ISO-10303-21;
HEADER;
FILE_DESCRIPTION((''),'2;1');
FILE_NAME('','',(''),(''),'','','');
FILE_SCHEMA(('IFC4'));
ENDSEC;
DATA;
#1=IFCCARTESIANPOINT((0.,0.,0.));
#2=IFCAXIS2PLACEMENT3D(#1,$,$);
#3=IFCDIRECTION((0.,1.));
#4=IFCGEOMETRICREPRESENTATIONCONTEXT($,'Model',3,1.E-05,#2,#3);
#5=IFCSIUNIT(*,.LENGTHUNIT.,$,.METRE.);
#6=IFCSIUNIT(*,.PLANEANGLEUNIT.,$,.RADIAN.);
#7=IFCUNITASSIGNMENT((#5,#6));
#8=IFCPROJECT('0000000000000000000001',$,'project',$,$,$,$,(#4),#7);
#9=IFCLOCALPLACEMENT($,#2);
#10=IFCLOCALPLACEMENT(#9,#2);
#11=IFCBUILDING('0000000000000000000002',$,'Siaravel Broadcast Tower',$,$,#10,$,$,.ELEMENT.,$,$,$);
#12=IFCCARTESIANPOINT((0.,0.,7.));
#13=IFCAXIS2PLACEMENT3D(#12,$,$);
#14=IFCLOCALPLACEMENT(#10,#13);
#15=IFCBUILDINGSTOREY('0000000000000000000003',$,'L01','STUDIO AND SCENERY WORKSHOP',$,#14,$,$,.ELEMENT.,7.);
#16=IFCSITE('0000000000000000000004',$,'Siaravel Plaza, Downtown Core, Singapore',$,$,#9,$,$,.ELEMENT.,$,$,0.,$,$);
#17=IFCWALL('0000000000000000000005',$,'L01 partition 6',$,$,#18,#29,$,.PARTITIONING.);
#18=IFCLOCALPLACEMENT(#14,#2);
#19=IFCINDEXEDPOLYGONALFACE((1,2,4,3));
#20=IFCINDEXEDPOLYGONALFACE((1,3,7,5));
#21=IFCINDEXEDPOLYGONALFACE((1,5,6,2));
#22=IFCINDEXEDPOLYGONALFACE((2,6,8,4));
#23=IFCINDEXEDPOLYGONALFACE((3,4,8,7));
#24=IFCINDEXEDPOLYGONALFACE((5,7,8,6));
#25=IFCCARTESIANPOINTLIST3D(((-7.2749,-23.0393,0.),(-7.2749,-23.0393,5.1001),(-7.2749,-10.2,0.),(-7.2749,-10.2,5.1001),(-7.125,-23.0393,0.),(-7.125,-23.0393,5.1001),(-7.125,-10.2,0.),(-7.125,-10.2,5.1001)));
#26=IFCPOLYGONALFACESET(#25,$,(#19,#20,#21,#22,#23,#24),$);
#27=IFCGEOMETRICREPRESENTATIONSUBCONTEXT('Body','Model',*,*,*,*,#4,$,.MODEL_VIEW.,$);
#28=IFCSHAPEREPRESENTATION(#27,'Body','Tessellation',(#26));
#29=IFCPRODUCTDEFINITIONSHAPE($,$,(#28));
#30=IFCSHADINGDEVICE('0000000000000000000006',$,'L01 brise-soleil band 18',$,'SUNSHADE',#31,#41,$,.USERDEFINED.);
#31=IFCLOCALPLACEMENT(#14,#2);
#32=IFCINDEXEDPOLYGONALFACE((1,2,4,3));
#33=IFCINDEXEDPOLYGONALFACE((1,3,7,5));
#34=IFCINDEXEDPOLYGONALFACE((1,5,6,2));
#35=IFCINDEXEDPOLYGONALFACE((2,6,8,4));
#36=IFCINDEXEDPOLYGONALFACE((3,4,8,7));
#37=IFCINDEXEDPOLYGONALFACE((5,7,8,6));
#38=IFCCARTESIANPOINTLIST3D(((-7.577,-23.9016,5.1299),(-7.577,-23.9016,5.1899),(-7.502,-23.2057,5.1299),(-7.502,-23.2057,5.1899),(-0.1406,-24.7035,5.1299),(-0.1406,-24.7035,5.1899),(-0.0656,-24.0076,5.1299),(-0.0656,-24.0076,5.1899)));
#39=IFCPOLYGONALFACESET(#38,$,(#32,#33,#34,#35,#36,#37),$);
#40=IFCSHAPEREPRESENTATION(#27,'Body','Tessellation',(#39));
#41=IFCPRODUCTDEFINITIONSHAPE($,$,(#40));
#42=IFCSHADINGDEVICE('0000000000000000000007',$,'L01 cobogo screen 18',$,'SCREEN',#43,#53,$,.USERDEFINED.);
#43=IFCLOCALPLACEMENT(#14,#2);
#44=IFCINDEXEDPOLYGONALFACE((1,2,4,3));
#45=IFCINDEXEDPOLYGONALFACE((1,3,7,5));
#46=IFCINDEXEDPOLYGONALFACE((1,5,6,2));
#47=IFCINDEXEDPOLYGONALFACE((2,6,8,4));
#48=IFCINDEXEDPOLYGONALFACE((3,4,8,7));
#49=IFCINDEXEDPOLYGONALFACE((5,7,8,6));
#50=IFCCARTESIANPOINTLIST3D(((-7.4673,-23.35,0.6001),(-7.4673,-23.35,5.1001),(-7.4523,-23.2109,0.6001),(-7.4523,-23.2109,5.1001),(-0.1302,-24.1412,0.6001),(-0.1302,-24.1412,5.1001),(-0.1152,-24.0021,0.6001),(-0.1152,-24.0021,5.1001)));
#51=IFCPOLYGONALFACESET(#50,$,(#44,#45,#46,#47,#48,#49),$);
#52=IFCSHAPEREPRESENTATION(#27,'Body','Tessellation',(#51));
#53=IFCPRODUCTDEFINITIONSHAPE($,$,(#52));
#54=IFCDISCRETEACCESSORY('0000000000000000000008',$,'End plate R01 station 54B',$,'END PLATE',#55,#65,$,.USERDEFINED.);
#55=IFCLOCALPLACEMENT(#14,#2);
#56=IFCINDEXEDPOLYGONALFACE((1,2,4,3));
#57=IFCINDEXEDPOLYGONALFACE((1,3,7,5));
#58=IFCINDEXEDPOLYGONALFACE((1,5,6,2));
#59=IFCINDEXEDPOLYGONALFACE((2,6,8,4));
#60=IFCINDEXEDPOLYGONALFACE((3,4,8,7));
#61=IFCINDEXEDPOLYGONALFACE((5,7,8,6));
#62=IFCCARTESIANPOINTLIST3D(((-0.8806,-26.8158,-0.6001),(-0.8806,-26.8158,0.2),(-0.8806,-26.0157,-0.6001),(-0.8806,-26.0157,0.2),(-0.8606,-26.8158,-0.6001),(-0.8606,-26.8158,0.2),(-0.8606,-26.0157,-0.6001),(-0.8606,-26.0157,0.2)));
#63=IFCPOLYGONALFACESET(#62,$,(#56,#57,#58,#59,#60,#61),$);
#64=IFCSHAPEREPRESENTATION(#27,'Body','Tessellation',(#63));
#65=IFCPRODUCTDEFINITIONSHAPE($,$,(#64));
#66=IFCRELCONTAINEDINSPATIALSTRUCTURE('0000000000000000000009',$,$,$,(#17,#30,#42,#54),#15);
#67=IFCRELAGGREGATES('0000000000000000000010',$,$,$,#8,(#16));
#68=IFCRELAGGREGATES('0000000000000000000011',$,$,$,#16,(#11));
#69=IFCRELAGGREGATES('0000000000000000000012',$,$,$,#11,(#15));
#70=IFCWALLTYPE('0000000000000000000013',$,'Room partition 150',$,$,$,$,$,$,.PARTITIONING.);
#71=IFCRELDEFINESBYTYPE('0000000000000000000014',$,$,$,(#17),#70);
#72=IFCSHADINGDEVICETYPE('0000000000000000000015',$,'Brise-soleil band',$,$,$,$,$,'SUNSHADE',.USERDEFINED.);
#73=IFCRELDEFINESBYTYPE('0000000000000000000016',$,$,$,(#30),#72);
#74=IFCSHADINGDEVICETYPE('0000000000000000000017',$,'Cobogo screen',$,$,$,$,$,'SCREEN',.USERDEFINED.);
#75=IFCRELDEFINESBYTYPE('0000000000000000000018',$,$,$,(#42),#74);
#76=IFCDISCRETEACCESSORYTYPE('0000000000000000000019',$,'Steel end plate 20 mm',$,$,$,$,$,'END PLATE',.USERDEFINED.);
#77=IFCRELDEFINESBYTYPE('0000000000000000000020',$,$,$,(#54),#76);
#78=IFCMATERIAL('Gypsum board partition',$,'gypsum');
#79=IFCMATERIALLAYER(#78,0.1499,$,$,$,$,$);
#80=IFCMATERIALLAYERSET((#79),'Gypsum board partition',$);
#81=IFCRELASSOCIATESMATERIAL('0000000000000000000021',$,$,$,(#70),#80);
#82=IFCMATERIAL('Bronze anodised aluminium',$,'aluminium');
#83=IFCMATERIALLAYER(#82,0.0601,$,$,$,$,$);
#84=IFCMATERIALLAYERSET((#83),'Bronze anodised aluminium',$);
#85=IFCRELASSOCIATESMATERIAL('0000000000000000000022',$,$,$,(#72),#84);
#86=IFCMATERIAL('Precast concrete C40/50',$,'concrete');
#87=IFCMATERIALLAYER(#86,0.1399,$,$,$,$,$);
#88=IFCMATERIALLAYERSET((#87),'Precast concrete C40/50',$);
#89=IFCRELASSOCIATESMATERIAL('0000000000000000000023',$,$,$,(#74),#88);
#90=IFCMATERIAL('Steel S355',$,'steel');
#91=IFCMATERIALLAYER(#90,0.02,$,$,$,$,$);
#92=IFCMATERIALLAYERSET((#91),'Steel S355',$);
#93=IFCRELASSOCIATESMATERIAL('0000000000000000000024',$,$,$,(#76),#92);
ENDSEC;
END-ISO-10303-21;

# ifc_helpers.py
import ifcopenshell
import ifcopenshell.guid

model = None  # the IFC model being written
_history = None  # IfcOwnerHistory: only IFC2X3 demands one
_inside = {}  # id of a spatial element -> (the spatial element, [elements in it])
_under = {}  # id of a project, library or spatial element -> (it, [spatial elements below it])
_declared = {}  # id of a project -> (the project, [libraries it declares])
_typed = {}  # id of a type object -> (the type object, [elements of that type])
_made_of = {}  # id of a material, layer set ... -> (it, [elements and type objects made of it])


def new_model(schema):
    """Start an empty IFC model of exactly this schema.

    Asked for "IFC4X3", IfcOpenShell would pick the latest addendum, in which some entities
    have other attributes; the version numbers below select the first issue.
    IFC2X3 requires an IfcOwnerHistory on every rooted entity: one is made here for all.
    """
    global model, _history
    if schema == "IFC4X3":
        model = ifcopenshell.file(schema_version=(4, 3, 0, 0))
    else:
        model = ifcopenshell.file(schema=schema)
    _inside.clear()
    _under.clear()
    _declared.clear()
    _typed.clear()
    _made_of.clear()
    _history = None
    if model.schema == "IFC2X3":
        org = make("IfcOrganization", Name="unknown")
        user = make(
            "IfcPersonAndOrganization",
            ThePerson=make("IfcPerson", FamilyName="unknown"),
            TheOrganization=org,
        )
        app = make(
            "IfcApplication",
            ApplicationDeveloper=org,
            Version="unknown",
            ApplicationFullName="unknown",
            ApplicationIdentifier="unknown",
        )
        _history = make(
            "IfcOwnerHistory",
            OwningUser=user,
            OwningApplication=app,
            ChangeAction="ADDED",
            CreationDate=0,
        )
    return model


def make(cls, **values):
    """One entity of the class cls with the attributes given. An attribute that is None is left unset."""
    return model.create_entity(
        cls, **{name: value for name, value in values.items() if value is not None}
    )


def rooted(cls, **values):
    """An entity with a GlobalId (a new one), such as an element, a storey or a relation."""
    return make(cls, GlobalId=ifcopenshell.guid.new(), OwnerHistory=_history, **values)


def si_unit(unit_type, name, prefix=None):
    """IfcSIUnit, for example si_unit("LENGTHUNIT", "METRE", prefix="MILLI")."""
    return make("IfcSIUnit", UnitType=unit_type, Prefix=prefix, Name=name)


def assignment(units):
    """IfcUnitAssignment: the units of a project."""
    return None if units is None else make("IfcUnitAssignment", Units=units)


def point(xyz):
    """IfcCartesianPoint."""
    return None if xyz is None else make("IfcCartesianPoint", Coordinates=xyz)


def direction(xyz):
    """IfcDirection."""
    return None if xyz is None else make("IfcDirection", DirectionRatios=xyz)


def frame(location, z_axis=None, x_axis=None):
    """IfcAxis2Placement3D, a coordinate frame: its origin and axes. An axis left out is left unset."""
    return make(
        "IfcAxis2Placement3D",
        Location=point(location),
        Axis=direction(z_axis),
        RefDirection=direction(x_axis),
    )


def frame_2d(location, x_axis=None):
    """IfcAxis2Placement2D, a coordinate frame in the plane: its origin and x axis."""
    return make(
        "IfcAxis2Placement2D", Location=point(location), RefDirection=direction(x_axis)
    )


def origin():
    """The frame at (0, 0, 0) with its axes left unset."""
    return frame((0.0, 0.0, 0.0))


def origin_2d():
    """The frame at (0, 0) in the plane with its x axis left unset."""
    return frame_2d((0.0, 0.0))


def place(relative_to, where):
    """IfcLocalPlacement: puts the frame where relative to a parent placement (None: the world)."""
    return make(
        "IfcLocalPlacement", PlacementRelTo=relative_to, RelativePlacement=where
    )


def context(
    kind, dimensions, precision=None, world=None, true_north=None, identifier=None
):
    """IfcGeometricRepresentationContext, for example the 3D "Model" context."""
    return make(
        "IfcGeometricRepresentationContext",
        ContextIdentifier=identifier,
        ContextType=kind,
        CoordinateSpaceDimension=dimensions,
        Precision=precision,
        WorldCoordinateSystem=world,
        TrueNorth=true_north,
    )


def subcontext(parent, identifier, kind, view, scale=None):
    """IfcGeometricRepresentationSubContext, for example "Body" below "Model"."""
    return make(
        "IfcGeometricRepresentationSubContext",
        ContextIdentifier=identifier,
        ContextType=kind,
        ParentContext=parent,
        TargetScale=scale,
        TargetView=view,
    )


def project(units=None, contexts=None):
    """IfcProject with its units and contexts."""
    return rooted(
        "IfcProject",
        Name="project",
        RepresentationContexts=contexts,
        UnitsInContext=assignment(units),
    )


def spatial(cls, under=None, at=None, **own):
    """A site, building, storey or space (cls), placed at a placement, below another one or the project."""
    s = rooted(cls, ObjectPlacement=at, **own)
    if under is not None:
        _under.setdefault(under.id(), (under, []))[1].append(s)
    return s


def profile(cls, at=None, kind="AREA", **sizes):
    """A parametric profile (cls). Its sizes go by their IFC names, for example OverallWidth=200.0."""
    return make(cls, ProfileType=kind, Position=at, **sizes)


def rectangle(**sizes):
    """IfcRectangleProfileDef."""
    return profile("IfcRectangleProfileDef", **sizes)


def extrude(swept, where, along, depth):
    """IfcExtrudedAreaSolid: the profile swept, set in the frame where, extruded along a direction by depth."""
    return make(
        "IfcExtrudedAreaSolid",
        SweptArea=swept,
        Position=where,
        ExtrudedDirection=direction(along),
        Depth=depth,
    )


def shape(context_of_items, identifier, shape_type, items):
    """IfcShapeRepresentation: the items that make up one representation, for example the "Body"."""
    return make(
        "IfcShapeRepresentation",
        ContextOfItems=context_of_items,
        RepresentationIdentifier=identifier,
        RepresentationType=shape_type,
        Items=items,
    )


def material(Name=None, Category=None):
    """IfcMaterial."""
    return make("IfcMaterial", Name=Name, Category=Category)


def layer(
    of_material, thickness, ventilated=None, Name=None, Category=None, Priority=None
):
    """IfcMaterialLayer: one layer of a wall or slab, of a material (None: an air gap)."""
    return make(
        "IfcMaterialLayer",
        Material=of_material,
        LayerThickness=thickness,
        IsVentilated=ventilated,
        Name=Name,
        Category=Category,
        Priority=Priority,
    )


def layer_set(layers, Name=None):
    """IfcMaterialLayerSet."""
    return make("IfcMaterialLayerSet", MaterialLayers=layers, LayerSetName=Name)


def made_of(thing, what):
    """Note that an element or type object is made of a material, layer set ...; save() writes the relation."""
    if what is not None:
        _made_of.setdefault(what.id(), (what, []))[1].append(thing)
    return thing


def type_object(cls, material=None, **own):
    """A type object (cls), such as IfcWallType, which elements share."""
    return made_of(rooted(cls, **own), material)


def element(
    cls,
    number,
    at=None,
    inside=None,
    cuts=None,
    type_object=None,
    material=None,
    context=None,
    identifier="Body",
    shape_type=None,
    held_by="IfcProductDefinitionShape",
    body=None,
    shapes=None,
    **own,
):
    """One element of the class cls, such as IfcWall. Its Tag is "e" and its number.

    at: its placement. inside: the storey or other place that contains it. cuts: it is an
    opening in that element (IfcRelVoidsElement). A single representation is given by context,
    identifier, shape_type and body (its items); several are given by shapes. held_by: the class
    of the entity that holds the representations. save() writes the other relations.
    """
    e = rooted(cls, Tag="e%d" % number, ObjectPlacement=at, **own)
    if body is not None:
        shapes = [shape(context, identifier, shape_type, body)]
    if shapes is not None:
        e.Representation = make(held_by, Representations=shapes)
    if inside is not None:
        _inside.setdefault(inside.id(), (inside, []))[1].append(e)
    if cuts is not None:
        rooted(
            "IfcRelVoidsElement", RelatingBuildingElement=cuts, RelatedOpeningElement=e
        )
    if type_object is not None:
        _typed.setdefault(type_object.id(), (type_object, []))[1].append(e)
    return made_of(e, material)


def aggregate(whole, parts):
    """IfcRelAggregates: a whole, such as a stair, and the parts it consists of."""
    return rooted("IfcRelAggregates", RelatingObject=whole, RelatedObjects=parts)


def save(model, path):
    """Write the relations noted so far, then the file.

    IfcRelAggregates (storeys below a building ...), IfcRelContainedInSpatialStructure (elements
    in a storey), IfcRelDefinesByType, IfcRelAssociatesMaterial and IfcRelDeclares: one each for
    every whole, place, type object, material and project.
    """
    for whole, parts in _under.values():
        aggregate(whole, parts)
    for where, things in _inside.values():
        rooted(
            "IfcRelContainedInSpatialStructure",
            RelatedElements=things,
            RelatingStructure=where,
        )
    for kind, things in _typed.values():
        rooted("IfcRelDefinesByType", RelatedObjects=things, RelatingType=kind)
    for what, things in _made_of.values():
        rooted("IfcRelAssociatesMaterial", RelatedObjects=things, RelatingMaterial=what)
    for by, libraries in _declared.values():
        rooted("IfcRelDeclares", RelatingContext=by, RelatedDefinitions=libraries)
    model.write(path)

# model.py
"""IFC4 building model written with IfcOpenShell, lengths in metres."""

from ifc_helpers import new_model, si_unit, direction, frame, frame_2d, origin, origin_2d, place, context, subcontext, project, spatial, rectangle, extrude, material, layer, layer_set, type_object, element, save


model = new_model("IFC4")

# Units and contexts
model_context = context("Model", 3, precision=1e-05, world=origin(), true_north=direction((0.0, 1.0)))
body_context = subcontext(model_context, "Body", "Model", "MODEL_VIEW")
ifc_project = project(units=[si_unit("LENGTHUNIT", "METRE"), si_unit("PLANEANGLEUNIT", "RADIAN")], contexts=[model_context])

# Site, building, storey
site_placement = place(None, origin())
site = spatial("IfcSite", under=ifc_project, at=site_placement, Name="Siaravel Plaza, Downtown Core, Singapore", CompositionType="ELEMENT", RefElevation=0.0)
building_placement = place(site_placement, origin())
building = spatial("IfcBuilding", under=site, at=building_placement, Name="Siaravel Broadcast Tower", CompositionType="ELEMENT")
storey_placement = place(building_placement, frame((0.0, 0.0, 7.0)))
storey = spatial("IfcBuildingStorey", under=building, at=storey_placement, Name="L01", Description="STUDIO AND SCENERY WORKSHOP", CompositionType="ELEMENT", Elevation=7.0)

# Shared definitions
ifc_material_1 = material(Name="Steel S355", Category="steel")

# Wall
ifc_material_2 = material(Name="Gypsum board partition", Category="gypsum")
ifc_layer_1 = layer(ifc_material_2, 0.1499)
ifc_layer_set_1 = layer_set([ifc_layer_1], Name="Gypsum board partition")
wall_type_1 = type_object("IfcWallType", Name="Room partition 150", PredefinedType="PARTITIONING", material=ifc_layer_set_1)
wall_1_placement = place(storey_placement, frame((-7.2, -23.0393, 0.0), z_axis=(0.0, 0.0, 1.0), x_axis=(0.0, 1.0, 0.0)))
element("IfcWall", 1, at=wall_1_placement, inside=storey, type_object=wall_type_1, Name="L01 partition 6", PredefinedType="PARTITIONING", context=body_context, shape_type="SweptSolid", body=[
    extrude(rectangle(XDim=12.8394, YDim=0.1499, at=frame_2d((6.4197, 0.0))), origin(), (0.0, 0.0, 1.0), 5.1001),
])

# Shading devices
ifc_material_3 = material(Name="Bronze anodised aluminium", Category="aluminium")
ifc_layer_2 = layer(ifc_material_3, 0.0601)
ifc_layer_set_2 = layer_set([ifc_layer_2], Name="Bronze anodised aluminium")
shading_device_type_1 = type_object("IfcShadingDeviceType", Name="Brise-soleil band", ElementType="SUNSHADE", PredefinedType="USERDEFINED", material=ifc_layer_set_2)
shading_device_1_placement = place(storey_placement, frame((-3.8213, -23.9546, 5.1299), z_axis=(0.0, 0.0, 1.0), x_axis=(0.994236, -0.107217, 0.0)))
element("IfcShadingDevice", 2, at=shading_device_1_placement, inside=storey, type_object=shading_device_type_1, Name="L01 brise-soleil band 18", ObjectType="SUNSHADE", PredefinedType="USERDEFINED", context=body_context, shape_type="SweptSolid", body=[
    extrude(rectangle(XDim=7.4795, YDim=0.7, at=origin_2d()), origin(), (0.0, 0.0, 1.0), 0.0601),
])
ifc_material_4 = material(Name="Precast concrete C40/50", Category="concrete")
ifc_layer_3 = layer(ifc_material_4, 0.1399)
ifc_layer_set_3 = layer_set([ifc_layer_3], Name="Precast concrete C40/50")
shading_device_type_2 = type_object("IfcShadingDeviceType", Name="Cobogo screen", ElementType="SCREEN", PredefinedType="USERDEFINED", material=ifc_layer_set_3)
shading_device_2_placement = place(storey_placement, frame((-3.7913, -23.676, 0.6001), z_axis=(0.0, 0.0, 1.0), x_axis=(0.994236, -0.107217, 0.0)))
element("IfcShadingDevice", 3, at=shading_device_2_placement, inside=storey, type_object=shading_device_type_2, Name="L01 cobogo screen 18", ObjectType="SCREEN", PredefinedType="USERDEFINED", context=body_context, shape_type="SweptSolid", body=[
    extrude(rectangle(XDim=7.3796, YDim=0.1399, at=origin_2d()), origin(), (0.0, 0.0, 1.0), 4.5),
])

# Discrete accessory
ifc_layer_4 = layer(ifc_material_1, 0.02)
ifc_layer_set_4 = layer_set([ifc_layer_4], Name="Steel S355")
discrete_accessory_type = type_object("IfcDiscreteAccessoryType", Name="Steel end plate 20 mm", ElementType="END PLATE", PredefinedType="USERDEFINED", material=ifc_layer_set_4)
discrete_accessory_placement = place(storey_placement, frame((-0.8706, -26.4158, -0.6001), z_axis=(0.0, 0.0, 1.0), x_axis=(1.0, 0.0, 0.0)))
element("IfcDiscreteAccessory", 4, at=discrete_accessory_placement, inside=storey, type_object=discrete_accessory_type, Name="End plate R01 station 54B", ObjectType="END PLATE", PredefinedType="USERDEFINED", context=body_context, shape_type="SweptSolid", body=[
    extrude(rectangle(XDim=0.02, YDim=0.8, at=origin_2d()), origin(), (0.0, 0.0, 1.0), 0.8),
])

save(model, "model.ifc")
